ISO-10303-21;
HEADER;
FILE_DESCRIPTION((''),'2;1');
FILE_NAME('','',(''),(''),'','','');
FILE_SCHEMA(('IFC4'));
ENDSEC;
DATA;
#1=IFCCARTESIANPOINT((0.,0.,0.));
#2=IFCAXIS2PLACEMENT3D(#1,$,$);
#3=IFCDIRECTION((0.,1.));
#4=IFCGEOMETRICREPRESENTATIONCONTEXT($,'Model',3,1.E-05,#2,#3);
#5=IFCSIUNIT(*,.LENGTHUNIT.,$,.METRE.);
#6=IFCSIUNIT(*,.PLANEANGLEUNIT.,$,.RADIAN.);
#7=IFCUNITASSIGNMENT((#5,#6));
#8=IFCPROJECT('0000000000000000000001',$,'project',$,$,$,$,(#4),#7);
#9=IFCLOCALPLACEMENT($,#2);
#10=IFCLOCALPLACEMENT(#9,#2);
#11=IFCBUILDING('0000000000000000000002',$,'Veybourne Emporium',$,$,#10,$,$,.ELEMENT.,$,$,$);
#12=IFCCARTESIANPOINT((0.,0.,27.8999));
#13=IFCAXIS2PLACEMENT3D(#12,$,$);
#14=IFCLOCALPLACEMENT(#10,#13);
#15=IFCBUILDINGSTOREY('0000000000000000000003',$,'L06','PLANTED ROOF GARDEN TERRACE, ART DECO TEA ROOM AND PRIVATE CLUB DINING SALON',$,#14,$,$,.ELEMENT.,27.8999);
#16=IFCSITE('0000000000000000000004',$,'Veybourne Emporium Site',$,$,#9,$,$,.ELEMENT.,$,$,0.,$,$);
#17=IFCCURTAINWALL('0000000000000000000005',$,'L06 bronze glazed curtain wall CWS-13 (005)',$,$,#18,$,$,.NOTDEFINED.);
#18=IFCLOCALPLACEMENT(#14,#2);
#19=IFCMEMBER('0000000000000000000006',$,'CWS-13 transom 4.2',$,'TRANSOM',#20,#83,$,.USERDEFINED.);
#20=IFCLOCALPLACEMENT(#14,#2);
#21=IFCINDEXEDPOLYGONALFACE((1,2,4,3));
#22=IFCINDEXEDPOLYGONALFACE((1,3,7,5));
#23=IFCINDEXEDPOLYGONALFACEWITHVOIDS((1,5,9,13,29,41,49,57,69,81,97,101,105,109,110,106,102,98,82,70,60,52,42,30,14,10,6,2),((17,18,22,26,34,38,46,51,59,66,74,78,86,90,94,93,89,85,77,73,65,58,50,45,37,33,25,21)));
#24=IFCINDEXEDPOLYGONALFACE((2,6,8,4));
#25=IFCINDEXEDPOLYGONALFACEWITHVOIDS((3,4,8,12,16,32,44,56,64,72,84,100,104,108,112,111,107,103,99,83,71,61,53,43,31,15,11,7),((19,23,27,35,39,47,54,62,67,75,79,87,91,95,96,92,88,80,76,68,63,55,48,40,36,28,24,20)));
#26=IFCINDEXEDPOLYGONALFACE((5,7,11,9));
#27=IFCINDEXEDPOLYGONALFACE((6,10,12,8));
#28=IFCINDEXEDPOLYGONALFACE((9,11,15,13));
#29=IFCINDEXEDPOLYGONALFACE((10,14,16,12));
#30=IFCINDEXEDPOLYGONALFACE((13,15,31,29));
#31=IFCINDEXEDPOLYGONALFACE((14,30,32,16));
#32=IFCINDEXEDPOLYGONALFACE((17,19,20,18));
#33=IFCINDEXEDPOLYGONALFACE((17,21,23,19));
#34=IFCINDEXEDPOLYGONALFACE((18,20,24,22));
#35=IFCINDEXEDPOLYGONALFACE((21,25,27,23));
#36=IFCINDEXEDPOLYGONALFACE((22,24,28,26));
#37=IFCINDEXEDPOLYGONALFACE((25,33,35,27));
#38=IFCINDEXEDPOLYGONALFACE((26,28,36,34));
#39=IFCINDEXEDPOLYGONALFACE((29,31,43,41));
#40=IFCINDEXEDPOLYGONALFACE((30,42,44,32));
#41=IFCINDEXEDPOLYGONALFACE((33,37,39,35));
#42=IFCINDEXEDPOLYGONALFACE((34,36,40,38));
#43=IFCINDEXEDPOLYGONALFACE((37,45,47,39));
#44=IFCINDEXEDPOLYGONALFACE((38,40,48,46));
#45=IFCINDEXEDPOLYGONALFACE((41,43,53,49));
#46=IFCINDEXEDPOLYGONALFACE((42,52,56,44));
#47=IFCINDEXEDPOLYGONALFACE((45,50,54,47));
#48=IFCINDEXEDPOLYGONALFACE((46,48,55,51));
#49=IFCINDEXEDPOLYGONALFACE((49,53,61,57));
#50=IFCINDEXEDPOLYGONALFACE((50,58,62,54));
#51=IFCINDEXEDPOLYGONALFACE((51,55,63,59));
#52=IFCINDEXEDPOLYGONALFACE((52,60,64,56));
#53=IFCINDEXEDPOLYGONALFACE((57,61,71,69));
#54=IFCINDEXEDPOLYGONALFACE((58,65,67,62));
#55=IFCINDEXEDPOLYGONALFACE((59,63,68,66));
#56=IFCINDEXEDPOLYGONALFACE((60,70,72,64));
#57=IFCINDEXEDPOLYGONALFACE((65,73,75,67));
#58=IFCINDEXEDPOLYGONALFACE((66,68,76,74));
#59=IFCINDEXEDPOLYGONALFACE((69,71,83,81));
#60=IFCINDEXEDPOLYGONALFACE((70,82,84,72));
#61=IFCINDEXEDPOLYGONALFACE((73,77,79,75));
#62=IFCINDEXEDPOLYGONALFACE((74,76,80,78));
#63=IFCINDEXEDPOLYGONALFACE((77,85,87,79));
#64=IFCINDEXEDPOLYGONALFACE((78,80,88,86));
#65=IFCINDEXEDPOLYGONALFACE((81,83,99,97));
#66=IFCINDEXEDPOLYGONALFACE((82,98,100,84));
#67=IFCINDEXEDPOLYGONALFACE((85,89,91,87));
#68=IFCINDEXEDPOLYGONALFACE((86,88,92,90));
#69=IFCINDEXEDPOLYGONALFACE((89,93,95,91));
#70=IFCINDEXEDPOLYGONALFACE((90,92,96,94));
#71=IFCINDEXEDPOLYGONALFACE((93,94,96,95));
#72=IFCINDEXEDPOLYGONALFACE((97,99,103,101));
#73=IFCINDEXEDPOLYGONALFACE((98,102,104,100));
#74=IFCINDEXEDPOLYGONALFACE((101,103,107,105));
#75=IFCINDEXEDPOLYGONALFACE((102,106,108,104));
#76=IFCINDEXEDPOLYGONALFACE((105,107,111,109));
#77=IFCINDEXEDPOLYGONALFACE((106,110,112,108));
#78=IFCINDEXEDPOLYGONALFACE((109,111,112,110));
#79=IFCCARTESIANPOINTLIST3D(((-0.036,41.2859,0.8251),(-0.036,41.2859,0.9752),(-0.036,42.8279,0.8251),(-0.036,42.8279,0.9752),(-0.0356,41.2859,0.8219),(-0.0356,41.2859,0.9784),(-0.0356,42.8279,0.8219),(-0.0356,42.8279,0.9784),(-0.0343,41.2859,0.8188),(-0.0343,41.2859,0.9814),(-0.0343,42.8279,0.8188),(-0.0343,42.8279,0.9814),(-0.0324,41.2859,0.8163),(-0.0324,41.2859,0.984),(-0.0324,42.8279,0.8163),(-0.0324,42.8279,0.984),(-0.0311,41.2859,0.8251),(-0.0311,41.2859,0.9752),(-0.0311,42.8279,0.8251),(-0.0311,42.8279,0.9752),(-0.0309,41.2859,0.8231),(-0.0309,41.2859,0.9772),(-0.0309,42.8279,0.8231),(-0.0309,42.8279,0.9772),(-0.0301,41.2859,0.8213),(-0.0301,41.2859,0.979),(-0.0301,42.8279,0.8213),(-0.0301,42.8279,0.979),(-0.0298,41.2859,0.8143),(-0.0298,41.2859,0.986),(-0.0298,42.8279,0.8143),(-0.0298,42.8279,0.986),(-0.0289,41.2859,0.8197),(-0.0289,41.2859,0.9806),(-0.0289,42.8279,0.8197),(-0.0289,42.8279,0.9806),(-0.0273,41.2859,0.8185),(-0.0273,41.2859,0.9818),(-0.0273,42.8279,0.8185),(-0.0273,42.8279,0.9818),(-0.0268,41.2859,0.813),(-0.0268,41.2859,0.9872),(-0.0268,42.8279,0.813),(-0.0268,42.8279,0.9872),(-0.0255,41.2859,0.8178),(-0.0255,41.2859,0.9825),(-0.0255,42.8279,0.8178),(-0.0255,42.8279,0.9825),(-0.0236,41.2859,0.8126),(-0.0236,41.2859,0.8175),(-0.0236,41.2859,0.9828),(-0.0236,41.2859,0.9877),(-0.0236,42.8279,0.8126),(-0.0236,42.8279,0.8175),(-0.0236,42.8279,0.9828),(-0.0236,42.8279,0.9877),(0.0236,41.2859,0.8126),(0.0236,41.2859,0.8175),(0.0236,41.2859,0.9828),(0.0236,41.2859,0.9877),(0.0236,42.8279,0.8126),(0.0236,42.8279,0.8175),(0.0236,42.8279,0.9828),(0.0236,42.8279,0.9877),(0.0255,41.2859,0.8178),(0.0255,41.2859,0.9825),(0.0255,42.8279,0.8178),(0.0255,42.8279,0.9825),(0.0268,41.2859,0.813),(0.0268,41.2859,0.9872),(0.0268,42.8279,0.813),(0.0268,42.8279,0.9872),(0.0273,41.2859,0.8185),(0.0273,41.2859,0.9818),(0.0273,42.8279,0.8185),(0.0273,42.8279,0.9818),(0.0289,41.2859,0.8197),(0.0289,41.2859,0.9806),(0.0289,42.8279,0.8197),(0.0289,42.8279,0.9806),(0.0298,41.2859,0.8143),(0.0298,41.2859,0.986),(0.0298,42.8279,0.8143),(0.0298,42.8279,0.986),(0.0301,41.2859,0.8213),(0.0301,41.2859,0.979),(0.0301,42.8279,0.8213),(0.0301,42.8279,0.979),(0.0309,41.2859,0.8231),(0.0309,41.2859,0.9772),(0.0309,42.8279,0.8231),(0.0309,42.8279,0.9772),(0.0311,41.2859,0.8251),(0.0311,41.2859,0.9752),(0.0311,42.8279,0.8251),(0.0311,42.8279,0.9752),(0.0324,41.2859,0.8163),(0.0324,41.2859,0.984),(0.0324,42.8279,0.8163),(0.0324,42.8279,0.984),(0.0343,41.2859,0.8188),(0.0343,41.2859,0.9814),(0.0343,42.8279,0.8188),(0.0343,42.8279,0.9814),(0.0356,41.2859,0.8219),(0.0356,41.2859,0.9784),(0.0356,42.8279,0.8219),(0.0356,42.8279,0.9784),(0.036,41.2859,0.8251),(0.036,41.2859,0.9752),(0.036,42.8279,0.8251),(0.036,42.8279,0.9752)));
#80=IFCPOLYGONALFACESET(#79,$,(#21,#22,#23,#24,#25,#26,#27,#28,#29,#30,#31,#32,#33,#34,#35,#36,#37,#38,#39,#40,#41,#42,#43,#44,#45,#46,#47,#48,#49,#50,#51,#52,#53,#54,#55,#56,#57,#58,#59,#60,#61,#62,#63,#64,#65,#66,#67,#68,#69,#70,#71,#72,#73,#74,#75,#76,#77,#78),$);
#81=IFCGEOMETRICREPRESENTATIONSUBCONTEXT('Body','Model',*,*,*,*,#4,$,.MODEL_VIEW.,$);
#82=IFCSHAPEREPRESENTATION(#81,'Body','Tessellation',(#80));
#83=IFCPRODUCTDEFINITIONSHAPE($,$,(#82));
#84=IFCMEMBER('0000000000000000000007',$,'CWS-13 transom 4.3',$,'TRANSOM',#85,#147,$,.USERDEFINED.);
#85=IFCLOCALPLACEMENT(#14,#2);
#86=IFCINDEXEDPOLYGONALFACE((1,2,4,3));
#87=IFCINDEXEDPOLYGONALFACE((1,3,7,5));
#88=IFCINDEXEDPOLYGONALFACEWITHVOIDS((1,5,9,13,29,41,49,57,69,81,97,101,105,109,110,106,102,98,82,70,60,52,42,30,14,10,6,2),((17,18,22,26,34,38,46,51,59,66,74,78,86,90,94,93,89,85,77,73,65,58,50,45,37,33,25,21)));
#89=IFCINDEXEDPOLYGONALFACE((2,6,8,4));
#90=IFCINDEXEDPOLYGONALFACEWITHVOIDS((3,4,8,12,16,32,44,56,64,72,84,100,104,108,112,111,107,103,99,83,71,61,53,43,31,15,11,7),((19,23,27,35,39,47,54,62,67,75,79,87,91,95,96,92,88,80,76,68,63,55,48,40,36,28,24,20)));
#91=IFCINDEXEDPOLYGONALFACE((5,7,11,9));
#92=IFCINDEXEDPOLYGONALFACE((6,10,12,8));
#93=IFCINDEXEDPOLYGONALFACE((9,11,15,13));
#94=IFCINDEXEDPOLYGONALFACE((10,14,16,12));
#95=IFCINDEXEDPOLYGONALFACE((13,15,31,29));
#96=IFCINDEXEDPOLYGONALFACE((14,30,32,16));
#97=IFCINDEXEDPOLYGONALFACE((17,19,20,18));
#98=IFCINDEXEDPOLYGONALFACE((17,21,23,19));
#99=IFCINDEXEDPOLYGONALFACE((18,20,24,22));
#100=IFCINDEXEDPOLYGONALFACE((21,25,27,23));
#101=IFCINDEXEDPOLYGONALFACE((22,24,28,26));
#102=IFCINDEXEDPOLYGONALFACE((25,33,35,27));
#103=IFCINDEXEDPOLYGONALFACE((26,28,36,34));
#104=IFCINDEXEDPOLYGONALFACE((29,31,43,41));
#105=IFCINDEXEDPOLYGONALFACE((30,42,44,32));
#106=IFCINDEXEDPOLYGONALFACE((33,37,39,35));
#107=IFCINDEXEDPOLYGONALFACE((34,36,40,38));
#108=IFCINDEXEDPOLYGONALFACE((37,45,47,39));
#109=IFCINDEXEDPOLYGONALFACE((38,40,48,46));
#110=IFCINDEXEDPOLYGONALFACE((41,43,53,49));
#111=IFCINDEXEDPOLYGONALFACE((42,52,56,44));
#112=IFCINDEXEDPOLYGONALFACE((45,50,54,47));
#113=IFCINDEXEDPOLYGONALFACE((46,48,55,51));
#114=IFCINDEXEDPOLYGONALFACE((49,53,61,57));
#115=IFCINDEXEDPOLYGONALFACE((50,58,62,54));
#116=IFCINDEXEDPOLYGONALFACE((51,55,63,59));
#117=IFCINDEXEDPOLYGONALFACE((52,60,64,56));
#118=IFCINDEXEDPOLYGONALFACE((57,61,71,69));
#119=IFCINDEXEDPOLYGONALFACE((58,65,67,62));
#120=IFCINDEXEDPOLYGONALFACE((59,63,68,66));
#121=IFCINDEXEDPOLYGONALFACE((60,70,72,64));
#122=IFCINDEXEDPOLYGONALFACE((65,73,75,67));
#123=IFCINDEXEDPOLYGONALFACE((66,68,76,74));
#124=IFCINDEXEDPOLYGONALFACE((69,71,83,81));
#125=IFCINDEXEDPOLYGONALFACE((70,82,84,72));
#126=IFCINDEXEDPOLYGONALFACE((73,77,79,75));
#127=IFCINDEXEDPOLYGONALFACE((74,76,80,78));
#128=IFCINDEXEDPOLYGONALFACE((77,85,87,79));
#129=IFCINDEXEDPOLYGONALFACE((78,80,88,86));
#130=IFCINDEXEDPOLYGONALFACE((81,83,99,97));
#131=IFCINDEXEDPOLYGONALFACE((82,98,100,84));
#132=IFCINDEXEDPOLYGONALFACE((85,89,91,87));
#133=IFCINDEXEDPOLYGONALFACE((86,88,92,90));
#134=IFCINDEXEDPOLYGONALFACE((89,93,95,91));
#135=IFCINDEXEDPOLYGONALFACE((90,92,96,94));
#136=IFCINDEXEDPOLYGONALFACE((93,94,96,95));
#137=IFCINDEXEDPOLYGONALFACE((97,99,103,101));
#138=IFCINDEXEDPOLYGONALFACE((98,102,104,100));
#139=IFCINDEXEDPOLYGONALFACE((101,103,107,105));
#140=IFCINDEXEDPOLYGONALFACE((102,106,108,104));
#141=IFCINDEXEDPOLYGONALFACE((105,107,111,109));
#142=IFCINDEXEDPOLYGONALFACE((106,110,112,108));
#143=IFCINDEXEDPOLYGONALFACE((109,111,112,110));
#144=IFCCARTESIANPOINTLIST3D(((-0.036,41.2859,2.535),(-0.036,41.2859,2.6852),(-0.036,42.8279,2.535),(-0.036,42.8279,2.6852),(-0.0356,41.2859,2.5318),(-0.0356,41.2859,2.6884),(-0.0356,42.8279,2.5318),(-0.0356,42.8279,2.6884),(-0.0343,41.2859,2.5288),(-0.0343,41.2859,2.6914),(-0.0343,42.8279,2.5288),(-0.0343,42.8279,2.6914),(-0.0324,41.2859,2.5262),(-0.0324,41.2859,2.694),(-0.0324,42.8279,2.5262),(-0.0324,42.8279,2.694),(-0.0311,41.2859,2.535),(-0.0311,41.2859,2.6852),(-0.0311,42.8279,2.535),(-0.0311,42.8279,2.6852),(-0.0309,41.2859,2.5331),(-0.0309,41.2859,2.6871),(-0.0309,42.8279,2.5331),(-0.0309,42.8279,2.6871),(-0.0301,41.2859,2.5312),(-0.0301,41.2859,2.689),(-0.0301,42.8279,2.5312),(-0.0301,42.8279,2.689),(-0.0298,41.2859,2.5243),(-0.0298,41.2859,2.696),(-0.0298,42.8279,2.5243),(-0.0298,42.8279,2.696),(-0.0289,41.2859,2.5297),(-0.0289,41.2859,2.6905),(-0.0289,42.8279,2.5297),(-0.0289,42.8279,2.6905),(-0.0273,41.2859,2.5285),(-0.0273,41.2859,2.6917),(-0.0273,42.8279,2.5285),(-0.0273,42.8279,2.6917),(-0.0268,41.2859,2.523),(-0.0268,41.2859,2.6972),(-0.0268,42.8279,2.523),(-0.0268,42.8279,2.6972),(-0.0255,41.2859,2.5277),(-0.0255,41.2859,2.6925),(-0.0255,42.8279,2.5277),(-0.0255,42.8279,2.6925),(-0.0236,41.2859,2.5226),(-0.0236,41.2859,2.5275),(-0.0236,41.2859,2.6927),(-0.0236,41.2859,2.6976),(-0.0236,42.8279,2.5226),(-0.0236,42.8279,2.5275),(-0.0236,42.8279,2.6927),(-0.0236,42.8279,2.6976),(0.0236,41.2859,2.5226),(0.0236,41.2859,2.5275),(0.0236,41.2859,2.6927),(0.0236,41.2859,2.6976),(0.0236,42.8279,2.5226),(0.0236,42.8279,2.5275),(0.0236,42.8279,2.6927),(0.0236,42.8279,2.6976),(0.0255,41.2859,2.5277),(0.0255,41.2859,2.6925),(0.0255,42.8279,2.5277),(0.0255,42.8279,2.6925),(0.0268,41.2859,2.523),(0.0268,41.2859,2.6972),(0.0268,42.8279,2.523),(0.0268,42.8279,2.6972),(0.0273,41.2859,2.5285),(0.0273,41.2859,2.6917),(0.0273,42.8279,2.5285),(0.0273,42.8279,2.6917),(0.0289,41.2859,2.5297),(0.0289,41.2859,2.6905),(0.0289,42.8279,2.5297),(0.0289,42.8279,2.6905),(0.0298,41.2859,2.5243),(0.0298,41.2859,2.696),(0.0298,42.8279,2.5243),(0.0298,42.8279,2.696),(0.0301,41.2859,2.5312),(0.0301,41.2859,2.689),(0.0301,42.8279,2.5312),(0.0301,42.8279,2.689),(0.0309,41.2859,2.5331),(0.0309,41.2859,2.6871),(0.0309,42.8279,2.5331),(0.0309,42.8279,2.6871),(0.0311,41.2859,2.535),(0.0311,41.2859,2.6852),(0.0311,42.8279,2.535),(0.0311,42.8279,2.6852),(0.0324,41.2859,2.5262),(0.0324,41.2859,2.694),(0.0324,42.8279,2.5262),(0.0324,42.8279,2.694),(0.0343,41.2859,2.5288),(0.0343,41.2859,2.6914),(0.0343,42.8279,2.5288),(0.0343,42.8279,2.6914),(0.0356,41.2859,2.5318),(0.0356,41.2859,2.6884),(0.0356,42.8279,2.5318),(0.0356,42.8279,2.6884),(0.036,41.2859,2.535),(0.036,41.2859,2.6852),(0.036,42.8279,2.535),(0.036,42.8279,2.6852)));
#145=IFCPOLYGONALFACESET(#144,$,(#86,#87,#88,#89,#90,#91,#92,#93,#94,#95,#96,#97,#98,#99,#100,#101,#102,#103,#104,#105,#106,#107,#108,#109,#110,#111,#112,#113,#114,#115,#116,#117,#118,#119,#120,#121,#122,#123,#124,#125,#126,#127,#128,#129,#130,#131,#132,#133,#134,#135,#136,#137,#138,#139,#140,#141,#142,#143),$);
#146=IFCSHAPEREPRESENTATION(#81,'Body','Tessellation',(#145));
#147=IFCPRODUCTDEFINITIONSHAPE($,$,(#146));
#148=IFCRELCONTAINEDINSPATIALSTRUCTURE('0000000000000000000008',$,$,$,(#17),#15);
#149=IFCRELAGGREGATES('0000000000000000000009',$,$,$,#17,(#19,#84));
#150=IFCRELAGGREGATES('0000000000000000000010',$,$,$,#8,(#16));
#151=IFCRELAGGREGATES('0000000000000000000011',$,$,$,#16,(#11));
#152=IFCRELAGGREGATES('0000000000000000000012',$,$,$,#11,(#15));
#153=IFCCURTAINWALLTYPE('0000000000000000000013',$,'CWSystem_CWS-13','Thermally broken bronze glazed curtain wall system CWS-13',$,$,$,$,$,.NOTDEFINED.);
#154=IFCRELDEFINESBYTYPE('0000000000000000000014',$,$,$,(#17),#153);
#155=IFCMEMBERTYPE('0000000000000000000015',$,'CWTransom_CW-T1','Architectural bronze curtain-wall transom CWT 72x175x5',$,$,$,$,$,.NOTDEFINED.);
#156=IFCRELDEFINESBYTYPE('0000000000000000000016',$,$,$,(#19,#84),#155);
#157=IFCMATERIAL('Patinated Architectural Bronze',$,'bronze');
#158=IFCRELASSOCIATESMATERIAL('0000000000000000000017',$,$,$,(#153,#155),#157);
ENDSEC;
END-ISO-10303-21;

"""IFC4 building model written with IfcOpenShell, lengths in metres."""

from ifc_helpers import new_model, si_unit, direction, frame, origin, origin_2d, place, context, subcontext, project, spatial, hollow_rectangle, extrude, material, material_profile, profile_set, type_object, element, aggregate, save


model = new_model("IFC4")

# Units and contexts
model_context = context("Model", 3, precision=1e-05, world=origin(), true_north=direction((0.0, 1.0)))
body_context = subcontext(model_context, "Body", "Model", "MODEL_VIEW")
ifc_project = project(units=[si_unit("LENGTHUNIT", "METRE"), si_unit("PLANEANGLEUNIT", "RADIAN")], contexts=[model_context])

# Site, building, storey
site_placement = place(None, origin())
site = spatial("IfcSite", under=ifc_project, at=site_placement, Name="Veybourne Emporium Site", CompositionType="ELEMENT", RefElevation=0.0)
building_placement = place(site_placement, origin())
building = spatial("IfcBuilding", under=site, at=building_placement, Name="Veybourne Emporium", CompositionType="ELEMENT")
storey_placement = place(building_placement, frame((0.0, 0.0, 27.8999)))
storey = spatial("IfcBuildingStorey", under=building, at=storey_placement, Name="L06", Description="PLANTED ROOF GARDEN TERRACE, ART DECO TEA ROOM AND PRIVATE CLUB DINING SALON", CompositionType="ELEMENT", Elevation=27.8999)

# Curtain wall
ifc_material_1 = material(Name="Patinated Architectural Bronze", Category="bronze")
curtain_wall_type_1 = type_object("IfcCurtainWallType", Name="CWSystem_CWS-13", Description="Thermally broken bronze glazed curtain wall system CWS-13", PredefinedType="NOTDEFINED", material=ifc_material_1)
curtain_wall_1_placement = place(storey_placement, origin())
curtain_wall_1 = element("IfcCurtainWall", 1, at=curtain_wall_1_placement, inside=storey, type_object=curtain_wall_type_1, Name="L06 bronze glazed curtain wall CWS-13 (005)", PredefinedType="NOTDEFINED")

# Members
ifc_material_profile_1 = material_profile(ifc_material_1, hollow_rectangle(XDim=0.072, YDim=0.175, WallThickness=0.0049, InnerFilletRadius=0.0076, OuterFilletRadius=0.0125, at=origin_2d()), Name="CWT 72x175x5")
ifc_profile_set_1 = profile_set([ifc_material_profile_1], Name="Patinated Architectural Bronze")
member_type_1 = type_object("IfcMemberType", Name="CWTransom_CW-T1", Description="Architectural bronze curtain-wall transom CWT 72x175x5", PredefinedType="NOTDEFINED", material=ifc_profile_set_1)
member_1_placement = place(storey_placement, frame((0.0, 41.2859, 0.9001), z_axis=(0.0, 1.0, 0.0), x_axis=(-1.0, 0.0, 0.0)))
member_1 = element("IfcMember", 2, at=member_1_placement, type_object=member_type_1, Name="CWS-13 transom 4.2", ObjectType="TRANSOM", PredefinedType="USERDEFINED", context=body_context, shape_type="SweptSolid", body=[
    extrude(hollow_rectangle(XDim=0.072, YDim=0.175, WallThickness=0.0049, InnerFilletRadius=0.0076, OuterFilletRadius=0.0125, at=origin_2d()), origin(), (0.0, 0.0, 1.0), 1.542),
])
member_2_placement = place(storey_placement, frame((0.0, 41.2859, 2.6101), z_axis=(0.0, 1.0, 0.0), x_axis=(-1.0, 0.0, 0.0)))
member_2 = element("IfcMember", 3, at=member_2_placement, type_object=member_type_1, Name="CWS-13 transom 4.3", ObjectType="TRANSOM", PredefinedType="USERDEFINED", context=body_context, shape_type="SweptSolid", body=[
    extrude(hollow_rectangle(XDim=0.072, YDim=0.175, WallThickness=0.0049, InnerFilletRadius=0.0076, OuterFilletRadius=0.0125, at=origin_2d()), origin(), (0.0, 0.0, 1.0), 1.542),
])

aggregate(curtain_wall_1, [member_1, member_2])

save(model, "model.ifc")
